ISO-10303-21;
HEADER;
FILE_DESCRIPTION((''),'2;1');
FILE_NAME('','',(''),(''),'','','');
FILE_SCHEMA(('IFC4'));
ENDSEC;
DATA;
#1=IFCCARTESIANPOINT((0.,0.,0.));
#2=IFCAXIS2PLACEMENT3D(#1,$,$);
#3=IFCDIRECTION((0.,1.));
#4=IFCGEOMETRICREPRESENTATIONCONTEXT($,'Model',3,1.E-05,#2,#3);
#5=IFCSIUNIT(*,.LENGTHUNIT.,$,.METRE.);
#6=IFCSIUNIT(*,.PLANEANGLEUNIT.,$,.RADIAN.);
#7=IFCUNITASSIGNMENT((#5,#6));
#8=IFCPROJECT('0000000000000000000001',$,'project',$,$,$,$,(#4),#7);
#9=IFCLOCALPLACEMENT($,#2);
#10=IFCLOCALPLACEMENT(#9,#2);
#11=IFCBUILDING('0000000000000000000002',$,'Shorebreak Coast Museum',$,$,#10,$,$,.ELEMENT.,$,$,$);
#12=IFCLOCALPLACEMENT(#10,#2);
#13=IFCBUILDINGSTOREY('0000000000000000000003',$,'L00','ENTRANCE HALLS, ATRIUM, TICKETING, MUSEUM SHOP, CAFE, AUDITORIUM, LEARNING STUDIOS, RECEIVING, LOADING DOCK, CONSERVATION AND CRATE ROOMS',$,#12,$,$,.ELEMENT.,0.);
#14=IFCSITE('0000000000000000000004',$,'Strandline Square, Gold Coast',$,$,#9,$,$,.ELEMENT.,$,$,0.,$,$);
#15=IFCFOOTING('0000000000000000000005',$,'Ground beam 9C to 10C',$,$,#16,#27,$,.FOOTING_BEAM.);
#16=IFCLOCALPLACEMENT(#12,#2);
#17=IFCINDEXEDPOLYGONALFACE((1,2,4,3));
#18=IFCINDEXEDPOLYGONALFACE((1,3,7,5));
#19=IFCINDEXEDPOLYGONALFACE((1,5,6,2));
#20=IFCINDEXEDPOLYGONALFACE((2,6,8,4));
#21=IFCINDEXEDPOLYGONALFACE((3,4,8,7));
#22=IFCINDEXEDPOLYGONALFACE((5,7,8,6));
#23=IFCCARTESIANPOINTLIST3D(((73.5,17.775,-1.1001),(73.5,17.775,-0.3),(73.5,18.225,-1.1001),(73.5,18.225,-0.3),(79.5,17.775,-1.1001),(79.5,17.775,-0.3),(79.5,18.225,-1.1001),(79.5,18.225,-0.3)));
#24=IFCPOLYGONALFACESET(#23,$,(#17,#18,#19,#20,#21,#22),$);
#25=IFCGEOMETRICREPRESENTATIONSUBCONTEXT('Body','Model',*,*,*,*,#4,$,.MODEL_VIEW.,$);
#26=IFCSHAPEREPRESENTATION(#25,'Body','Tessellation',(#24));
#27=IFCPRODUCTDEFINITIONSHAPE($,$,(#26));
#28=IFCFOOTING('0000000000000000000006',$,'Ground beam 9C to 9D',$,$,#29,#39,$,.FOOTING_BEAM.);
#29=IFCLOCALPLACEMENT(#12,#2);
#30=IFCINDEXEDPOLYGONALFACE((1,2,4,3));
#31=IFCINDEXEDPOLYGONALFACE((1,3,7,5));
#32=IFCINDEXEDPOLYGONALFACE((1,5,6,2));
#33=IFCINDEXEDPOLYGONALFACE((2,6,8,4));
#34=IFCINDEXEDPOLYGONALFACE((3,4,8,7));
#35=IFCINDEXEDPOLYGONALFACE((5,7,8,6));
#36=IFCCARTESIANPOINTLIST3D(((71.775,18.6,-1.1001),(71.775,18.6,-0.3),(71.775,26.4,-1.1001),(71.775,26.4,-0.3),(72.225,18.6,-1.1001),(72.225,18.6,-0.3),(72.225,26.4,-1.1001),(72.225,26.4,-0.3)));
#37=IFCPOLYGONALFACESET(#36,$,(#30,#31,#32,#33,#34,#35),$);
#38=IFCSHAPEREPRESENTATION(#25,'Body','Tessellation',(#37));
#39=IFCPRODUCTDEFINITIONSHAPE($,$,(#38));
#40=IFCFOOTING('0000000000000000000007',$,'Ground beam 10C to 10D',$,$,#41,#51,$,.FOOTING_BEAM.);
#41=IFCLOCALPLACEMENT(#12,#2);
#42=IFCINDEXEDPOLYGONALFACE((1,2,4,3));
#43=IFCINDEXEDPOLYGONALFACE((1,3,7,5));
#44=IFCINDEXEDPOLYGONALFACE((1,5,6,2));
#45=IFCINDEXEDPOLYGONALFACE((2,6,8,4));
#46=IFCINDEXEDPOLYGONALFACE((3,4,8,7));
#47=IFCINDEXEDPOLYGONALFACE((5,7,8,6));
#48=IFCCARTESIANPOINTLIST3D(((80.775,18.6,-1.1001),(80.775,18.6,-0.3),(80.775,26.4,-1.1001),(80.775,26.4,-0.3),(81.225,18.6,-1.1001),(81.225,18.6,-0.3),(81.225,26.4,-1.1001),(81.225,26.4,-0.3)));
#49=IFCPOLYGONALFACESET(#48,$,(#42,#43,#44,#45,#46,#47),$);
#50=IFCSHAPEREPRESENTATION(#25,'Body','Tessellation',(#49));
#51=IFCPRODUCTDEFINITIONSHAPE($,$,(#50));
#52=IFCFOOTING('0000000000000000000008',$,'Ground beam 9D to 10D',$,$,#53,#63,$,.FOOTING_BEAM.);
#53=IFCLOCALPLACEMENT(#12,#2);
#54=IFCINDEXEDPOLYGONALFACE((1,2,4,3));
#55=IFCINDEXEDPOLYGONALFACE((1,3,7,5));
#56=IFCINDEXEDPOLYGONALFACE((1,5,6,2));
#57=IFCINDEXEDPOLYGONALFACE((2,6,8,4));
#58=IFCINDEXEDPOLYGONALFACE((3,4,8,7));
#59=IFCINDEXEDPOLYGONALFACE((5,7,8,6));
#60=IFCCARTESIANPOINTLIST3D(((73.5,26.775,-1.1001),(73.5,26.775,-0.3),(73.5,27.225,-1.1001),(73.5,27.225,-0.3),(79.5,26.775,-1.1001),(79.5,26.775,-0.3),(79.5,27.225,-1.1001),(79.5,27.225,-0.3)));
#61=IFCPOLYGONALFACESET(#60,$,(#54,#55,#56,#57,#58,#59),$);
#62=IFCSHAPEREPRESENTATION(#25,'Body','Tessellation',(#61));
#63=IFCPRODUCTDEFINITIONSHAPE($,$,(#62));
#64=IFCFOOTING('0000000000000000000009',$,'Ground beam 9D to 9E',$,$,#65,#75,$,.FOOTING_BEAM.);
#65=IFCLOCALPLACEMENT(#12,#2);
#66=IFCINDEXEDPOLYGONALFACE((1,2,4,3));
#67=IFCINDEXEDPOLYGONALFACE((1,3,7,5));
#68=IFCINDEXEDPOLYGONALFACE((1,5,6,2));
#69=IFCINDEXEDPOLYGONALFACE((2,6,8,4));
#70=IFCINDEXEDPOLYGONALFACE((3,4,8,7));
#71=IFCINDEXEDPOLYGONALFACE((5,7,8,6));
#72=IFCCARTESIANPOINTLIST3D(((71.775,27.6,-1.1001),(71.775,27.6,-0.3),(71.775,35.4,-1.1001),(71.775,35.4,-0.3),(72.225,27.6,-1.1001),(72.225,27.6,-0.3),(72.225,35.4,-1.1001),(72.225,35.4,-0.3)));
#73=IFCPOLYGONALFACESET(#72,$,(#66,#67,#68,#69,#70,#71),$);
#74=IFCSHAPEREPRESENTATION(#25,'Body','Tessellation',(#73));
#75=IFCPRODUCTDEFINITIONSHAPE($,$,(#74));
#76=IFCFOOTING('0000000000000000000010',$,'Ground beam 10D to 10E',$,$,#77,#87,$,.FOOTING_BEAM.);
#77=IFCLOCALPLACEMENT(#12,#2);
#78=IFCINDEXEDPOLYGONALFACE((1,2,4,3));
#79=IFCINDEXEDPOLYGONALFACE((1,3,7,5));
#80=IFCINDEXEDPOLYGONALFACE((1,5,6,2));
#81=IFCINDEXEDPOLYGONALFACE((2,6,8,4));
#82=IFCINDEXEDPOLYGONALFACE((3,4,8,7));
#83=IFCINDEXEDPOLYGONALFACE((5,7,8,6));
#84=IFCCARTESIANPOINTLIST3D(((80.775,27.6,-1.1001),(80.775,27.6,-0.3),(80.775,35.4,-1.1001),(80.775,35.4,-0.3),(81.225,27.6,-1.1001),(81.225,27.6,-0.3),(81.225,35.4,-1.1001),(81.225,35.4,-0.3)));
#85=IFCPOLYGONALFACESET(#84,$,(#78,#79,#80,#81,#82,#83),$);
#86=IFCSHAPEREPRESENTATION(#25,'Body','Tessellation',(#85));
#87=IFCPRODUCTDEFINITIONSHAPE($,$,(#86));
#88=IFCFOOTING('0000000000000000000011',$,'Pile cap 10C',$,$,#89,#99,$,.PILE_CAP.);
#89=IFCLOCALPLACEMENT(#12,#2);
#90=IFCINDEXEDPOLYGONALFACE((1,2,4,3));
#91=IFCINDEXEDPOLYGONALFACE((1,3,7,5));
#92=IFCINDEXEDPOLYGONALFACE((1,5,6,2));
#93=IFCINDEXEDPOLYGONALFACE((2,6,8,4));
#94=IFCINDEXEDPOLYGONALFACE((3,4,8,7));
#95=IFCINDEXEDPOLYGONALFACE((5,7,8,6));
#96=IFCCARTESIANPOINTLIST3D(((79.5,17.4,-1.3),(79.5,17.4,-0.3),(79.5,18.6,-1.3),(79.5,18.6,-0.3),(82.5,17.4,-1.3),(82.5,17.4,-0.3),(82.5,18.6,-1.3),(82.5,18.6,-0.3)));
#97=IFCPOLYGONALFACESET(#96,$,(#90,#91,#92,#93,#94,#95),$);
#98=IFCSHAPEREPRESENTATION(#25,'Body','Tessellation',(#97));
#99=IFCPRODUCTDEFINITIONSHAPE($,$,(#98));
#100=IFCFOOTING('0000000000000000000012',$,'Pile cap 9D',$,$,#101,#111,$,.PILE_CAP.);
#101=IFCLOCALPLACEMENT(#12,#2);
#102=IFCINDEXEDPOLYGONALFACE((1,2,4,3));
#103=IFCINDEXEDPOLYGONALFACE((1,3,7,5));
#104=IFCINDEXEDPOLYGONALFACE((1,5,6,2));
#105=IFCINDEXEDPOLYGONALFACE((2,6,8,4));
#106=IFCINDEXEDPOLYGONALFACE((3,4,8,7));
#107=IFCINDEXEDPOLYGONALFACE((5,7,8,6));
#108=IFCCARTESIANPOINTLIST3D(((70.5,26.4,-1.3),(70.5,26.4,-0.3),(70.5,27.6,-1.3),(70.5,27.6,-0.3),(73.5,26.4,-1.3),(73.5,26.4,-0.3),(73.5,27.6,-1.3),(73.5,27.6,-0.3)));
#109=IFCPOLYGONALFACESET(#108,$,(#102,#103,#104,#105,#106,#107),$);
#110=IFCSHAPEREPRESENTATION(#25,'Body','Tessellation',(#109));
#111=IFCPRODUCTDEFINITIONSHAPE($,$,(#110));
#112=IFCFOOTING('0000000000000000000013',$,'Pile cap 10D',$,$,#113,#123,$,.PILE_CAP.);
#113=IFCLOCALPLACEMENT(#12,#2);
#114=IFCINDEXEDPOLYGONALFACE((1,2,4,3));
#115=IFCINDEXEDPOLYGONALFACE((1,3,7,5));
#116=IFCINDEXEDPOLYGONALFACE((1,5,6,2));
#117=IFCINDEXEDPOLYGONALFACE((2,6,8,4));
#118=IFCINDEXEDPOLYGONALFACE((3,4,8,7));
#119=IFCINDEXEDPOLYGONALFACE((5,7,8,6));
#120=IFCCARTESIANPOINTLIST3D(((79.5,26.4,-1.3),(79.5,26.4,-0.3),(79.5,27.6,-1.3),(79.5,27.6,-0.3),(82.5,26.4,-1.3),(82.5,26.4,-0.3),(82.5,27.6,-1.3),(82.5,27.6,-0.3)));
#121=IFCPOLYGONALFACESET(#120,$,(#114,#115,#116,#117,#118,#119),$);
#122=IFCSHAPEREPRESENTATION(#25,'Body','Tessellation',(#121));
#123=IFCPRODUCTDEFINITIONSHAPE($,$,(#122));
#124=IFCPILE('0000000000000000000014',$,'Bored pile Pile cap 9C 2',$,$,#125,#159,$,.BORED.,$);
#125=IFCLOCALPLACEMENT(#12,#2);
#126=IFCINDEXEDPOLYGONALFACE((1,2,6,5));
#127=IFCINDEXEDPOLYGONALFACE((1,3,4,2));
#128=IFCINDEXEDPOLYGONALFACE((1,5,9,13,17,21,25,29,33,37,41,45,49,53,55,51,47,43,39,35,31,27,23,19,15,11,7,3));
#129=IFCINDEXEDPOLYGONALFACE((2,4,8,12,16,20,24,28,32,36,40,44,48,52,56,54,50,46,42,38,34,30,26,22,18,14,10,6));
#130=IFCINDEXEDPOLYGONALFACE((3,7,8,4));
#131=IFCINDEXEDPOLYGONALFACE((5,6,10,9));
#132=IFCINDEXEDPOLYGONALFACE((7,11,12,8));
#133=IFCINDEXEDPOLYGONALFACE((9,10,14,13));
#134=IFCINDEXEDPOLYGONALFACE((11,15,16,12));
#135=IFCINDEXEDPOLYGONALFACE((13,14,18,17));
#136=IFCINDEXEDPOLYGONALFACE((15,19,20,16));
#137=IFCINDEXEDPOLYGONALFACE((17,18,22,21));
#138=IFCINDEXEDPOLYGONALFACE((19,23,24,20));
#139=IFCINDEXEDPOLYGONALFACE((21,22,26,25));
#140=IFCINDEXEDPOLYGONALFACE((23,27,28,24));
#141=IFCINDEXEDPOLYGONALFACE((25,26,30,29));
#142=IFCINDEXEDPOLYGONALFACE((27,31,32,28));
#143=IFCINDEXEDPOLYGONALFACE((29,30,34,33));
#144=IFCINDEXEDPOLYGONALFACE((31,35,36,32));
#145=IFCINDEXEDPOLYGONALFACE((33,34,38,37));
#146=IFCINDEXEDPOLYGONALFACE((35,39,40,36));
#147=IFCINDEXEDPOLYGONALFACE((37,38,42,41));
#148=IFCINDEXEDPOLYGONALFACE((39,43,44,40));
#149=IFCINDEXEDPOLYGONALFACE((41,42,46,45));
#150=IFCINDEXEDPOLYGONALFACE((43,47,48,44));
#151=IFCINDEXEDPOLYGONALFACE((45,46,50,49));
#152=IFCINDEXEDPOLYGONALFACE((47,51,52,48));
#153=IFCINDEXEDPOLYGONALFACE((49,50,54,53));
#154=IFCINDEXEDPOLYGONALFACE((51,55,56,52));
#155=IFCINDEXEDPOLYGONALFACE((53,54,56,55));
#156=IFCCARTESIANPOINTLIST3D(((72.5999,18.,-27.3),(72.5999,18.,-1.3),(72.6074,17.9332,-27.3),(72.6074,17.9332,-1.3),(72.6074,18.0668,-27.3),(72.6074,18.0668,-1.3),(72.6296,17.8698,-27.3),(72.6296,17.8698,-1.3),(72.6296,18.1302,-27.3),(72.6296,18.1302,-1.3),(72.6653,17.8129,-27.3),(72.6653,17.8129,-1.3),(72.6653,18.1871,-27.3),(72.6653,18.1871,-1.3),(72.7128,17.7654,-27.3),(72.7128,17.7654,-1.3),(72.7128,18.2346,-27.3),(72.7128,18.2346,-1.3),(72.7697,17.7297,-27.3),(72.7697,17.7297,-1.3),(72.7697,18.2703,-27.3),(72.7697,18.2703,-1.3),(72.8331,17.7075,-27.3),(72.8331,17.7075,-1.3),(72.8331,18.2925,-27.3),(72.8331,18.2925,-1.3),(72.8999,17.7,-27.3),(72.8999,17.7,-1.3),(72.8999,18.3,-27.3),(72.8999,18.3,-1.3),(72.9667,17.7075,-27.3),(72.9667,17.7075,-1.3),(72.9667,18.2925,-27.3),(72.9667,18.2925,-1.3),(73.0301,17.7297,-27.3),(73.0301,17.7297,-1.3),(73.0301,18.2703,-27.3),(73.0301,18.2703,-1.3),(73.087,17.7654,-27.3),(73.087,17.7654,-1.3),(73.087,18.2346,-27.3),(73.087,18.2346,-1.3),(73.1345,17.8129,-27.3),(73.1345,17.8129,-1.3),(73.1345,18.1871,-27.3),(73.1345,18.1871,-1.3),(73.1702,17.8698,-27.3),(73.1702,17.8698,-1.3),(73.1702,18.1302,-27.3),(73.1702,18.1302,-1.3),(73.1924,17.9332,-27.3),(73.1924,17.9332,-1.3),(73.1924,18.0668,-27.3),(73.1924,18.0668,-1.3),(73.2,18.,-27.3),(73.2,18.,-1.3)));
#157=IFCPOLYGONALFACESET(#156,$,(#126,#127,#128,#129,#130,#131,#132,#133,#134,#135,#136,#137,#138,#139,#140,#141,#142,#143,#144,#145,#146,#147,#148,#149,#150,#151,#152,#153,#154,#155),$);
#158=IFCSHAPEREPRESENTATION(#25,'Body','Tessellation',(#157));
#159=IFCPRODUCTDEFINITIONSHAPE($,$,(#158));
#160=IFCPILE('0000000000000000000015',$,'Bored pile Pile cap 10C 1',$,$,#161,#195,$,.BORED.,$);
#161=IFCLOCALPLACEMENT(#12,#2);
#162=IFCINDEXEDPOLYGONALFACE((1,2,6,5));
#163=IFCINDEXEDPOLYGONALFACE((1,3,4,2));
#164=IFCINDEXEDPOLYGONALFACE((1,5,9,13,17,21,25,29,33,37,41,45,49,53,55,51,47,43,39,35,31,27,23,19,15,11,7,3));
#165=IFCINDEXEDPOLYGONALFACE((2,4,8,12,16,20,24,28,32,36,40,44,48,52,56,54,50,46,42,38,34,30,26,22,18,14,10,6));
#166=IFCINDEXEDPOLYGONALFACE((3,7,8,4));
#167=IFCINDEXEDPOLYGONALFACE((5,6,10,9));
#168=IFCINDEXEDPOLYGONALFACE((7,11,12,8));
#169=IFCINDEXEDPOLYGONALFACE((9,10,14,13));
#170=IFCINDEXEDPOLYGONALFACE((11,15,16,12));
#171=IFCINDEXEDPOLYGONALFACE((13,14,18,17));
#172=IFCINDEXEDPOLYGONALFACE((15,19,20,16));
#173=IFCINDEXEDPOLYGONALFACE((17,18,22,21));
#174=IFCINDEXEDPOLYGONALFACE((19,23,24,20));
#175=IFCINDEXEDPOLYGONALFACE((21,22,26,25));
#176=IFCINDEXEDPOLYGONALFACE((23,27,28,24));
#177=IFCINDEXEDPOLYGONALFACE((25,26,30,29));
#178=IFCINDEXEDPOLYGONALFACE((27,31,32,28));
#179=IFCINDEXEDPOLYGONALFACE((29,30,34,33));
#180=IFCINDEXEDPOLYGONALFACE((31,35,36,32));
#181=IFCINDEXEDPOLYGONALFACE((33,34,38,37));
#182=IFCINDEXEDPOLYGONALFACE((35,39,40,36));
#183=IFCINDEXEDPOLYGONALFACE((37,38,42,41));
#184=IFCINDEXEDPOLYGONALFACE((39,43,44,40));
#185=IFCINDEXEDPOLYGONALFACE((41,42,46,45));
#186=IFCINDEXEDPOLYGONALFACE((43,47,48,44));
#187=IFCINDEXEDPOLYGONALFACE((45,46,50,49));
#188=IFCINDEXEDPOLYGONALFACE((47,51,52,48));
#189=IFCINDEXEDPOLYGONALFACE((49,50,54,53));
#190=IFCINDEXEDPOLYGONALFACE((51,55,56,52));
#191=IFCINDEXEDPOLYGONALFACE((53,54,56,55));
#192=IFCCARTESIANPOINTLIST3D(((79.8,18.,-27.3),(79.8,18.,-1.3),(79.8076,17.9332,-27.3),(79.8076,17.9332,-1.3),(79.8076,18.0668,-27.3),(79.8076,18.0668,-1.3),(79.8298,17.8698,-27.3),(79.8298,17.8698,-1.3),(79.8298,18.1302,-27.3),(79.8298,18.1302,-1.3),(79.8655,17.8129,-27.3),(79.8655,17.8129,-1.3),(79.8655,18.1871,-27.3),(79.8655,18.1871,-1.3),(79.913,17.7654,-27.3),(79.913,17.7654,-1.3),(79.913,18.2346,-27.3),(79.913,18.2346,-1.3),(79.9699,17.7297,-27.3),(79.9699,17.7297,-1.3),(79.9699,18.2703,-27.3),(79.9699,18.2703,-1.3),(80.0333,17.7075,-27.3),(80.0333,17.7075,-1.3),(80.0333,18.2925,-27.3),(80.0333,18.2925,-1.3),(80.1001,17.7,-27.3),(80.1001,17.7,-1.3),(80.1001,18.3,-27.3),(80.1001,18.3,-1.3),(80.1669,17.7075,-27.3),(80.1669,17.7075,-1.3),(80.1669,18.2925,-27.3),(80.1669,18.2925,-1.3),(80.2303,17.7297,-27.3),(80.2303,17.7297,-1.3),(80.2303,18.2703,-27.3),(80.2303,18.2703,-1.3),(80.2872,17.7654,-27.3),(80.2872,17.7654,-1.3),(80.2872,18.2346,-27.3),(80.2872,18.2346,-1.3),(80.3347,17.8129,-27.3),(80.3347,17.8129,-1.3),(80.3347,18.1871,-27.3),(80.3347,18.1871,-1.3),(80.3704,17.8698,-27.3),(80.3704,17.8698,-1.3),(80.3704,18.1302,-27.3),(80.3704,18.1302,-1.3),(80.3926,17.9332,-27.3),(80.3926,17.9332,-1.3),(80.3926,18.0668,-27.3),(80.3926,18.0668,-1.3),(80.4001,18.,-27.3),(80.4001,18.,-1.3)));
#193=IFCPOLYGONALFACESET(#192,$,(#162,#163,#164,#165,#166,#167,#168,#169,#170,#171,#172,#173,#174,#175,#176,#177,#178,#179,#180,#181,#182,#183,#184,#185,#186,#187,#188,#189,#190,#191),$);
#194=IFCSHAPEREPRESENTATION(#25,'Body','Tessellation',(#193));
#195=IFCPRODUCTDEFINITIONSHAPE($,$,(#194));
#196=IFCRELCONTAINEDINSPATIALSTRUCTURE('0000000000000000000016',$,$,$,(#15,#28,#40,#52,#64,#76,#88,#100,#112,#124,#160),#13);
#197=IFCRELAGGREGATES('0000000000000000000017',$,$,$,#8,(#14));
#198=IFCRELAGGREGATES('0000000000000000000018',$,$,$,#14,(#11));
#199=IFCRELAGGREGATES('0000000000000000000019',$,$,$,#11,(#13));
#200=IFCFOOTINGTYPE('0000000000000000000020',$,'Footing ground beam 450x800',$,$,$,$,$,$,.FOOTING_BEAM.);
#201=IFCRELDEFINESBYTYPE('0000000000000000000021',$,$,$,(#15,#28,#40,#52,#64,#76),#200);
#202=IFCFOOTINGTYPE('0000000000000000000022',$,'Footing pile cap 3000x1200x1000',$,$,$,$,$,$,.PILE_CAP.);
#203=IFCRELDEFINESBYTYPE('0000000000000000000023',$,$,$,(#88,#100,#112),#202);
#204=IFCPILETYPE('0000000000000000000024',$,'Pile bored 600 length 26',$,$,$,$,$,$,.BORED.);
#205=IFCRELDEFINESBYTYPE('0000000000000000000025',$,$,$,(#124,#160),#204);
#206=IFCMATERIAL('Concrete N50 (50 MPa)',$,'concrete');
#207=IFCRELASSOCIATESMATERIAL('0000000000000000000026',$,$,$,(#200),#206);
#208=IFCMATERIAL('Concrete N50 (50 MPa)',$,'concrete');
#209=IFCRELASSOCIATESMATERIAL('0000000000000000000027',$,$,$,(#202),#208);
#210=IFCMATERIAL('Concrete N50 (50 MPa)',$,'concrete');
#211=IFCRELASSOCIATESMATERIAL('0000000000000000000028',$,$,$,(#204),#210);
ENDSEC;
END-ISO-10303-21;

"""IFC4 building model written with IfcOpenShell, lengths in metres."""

from ifc_helpers import new_model, si_unit, direction, frame, origin, origin_2d, place, context, subcontext, project, spatial, rectangle, circle, extrude, material, material_profile, profile_set, type_object, element, save


model = new_model("IFC4")

# Units and contexts
model_context = context("Model", 3, precision=1e-05, world=origin(), true_north=direction((0.0, 1.0)))
body_context = subcontext(model_context, "Body", "Model", "MODEL_VIEW")
ifc_project = project(units=[si_unit("LENGTHUNIT", "METRE"), si_unit("PLANEANGLEUNIT", "RADIAN")], contexts=[model_context])

# Site, building, storey
site_placement = place(None, origin())
site = spatial("IfcSite", under=ifc_project, at=site_placement, Name="Strandline Square, Gold Coast", CompositionType="ELEMENT", RefElevation=0.0)
building_placement = place(site_placement, origin())
building = spatial("IfcBuilding", under=site, at=building_placement, Name="Shorebreak Coast Museum", CompositionType="ELEMENT")
storey_placement = place(building_placement, origin())
storey = spatial("IfcBuildingStorey", under=building, at=storey_placement, Name="L00", Description="ENTRANCE HALLS, ATRIUM, TICKETING, MUSEUM SHOP, CAFE, AUDITORIUM, LEARNING STUDIOS, RECEIVING, LOADING DOCK, CONSERVATION AND CRATE ROOMS", CompositionType="ELEMENT", Elevation=0.0)

# Footings
ifc_material_1 = material(Name="Concrete N50 (50 MPa)", Category="concrete")
footing_type_1 = type_object("IfcFootingType", Name="Footing ground beam 450x800", PredefinedType="FOOTING_BEAM", material=ifc_material_1)
footing_1_placement = place(storey_placement, frame((76.5, 18.0, -1.1001), z_axis=(0.0, 0.0, 1.0), x_axis=(1.0, 0.0, 0.0)))
element("IfcFooting", 1, at=footing_1_placement, inside=storey, type_object=footing_type_1, Name="Ground beam 9C to 10C", PredefinedType="FOOTING_BEAM", context=body_context, shape_type="SweptSolid", body=[
    extrude(rectangle(XDim=6.0, YDim=0.45, at=origin_2d()), origin(), (0.0, 0.0, 1.0), 0.8),
])
for number, where, z_axis, x_axis, name in (
    (2, (72.0, 22.5, -1.1001), (0.0, 0.0, 1.0), (1.0, 0.0, 0.0), "Ground beam 9C to 9D"),
    (3, (81.0, 22.5, -1.1001), (0.0, 0.0, 1.0), (1.0, 0.0, 0.0), "Ground beam 10C to 10D"),
):
    element("IfcFooting", number, at=place(storey_placement, frame(where, z_axis=z_axis, x_axis=x_axis)), inside=storey, type_object=footing_type_1, Name=name, PredefinedType="FOOTING_BEAM", context=body_context, shape_type="SweptSolid", body=[
        extrude(rectangle(XDim=0.45, YDim=7.8, at=origin_2d()), origin(), (0.0, 0.0, 1.0), 0.8),
    ])
footing_2_placement = place(storey_placement, frame((76.5, 27.0, -1.1001), z_axis=(0.0, 0.0, 1.0), x_axis=(1.0, 0.0, 0.0)))
element("IfcFooting", 4, at=footing_2_placement, inside=storey, type_object=footing_type_1, Name="Ground beam 9D to 10D", PredefinedType="FOOTING_BEAM", context=body_context, shape_type="SweptSolid", body=[
    extrude(rectangle(XDim=6.0, YDim=0.45, at=origin_2d()), origin(), (0.0, 0.0, 1.0), 0.8),
])
for number, where, z_axis, x_axis, name in (
    (5, (72.0, 31.5, -1.1001), (0.0, 0.0, 1.0), (1.0, 0.0, 0.0), "Ground beam 9D to 9E"),
    (6, (81.0, 31.5, -1.1001), (0.0, 0.0, 1.0), (1.0, 0.0, 0.0), "Ground beam 10D to 10E"),
):
    element("IfcFooting", number, at=place(storey_placement, frame(where, z_axis=z_axis, x_axis=x_axis)), inside=storey, type_object=footing_type_1, Name=name, PredefinedType="FOOTING_BEAM", context=body_context, shape_type="SweptSolid", body=[
        extrude(rectangle(XDim=0.45, YDim=7.8, at=origin_2d()), origin(), (0.0, 0.0, 1.0), 0.8),
    ])
ifc_material_2 = material(Name="Concrete N50 (50 MPa)", Category="concrete")
footing_type_2 = type_object("IfcFootingType", Name="Footing pile cap 3000x1200x1000", PredefinedType="PILE_CAP", material=ifc_material_2)
for number, where, z_axis, x_axis, name in (
    (7, (81.0, 18.0, -1.3), (0.0, 0.0, 1.0), (1.0, 0.0, 0.0), "Pile cap 10C"),
    (8, (72.0, 27.0, -1.3), (0.0, 0.0, 1.0), (1.0, 0.0, 0.0), "Pile cap 9D"),
    (9, (81.0, 27.0, -1.3), (0.0, 0.0, 1.0), (1.0, 0.0, 0.0), "Pile cap 10D"),
):
    element("IfcFooting", number, at=place(storey_placement, frame(where, z_axis=z_axis, x_axis=x_axis)), inside=storey, type_object=footing_type_2, Name=name, PredefinedType="PILE_CAP", context=body_context, shape_type="SweptSolid", body=[
        extrude(rectangle(XDim=3.0, YDim=1.2, at=origin_2d()), origin(), (0.0, 0.0, 1.0), 1.0),
    ])

# Piles
ifc_material_3 = material(Name="Concrete N50 (50 MPa)", Category="concrete")
ifc_material_profile_1 = material_profile(ifc_material_3, circle(Radius=0.3, at=origin_2d()), Name="Pile bored 600 length 26")
ifc_profile_set_1 = profile_set([ifc_material_profile_1], Name="Concrete N50 (50 MPa)")
pile_type = type_object("IfcPileType", Name="Pile bored 600 length 26", PredefinedType="BORED", material=ifc_profile_set_1)
for number, where, z_axis, x_axis, name in (
    (10, (72.8999, 18.0, -1.3), (0.0, 0.0, -1.0), (1.0, 0.0, 0.0), "Bored pile Pile cap 9C 2"),
    (11, (80.1001, 18.0, -1.3), (0.0, 0.0, -1.0), (1.0, 0.0, 0.0), "Bored pile Pile cap 10C 1"),
):
    element("IfcPile", number, at=place(storey_placement, frame(where, z_axis=z_axis, x_axis=x_axis)), inside=storey, type_object=pile_type, Name=name, PredefinedType="BORED", context=body_context, shape_type="SweptSolid", body=[
        extrude(circle(Radius=0.3, at=origin_2d()), origin(), (0.0, 0.0, 1.0), 26.0),
    ])

save(model, "model.ifc")
